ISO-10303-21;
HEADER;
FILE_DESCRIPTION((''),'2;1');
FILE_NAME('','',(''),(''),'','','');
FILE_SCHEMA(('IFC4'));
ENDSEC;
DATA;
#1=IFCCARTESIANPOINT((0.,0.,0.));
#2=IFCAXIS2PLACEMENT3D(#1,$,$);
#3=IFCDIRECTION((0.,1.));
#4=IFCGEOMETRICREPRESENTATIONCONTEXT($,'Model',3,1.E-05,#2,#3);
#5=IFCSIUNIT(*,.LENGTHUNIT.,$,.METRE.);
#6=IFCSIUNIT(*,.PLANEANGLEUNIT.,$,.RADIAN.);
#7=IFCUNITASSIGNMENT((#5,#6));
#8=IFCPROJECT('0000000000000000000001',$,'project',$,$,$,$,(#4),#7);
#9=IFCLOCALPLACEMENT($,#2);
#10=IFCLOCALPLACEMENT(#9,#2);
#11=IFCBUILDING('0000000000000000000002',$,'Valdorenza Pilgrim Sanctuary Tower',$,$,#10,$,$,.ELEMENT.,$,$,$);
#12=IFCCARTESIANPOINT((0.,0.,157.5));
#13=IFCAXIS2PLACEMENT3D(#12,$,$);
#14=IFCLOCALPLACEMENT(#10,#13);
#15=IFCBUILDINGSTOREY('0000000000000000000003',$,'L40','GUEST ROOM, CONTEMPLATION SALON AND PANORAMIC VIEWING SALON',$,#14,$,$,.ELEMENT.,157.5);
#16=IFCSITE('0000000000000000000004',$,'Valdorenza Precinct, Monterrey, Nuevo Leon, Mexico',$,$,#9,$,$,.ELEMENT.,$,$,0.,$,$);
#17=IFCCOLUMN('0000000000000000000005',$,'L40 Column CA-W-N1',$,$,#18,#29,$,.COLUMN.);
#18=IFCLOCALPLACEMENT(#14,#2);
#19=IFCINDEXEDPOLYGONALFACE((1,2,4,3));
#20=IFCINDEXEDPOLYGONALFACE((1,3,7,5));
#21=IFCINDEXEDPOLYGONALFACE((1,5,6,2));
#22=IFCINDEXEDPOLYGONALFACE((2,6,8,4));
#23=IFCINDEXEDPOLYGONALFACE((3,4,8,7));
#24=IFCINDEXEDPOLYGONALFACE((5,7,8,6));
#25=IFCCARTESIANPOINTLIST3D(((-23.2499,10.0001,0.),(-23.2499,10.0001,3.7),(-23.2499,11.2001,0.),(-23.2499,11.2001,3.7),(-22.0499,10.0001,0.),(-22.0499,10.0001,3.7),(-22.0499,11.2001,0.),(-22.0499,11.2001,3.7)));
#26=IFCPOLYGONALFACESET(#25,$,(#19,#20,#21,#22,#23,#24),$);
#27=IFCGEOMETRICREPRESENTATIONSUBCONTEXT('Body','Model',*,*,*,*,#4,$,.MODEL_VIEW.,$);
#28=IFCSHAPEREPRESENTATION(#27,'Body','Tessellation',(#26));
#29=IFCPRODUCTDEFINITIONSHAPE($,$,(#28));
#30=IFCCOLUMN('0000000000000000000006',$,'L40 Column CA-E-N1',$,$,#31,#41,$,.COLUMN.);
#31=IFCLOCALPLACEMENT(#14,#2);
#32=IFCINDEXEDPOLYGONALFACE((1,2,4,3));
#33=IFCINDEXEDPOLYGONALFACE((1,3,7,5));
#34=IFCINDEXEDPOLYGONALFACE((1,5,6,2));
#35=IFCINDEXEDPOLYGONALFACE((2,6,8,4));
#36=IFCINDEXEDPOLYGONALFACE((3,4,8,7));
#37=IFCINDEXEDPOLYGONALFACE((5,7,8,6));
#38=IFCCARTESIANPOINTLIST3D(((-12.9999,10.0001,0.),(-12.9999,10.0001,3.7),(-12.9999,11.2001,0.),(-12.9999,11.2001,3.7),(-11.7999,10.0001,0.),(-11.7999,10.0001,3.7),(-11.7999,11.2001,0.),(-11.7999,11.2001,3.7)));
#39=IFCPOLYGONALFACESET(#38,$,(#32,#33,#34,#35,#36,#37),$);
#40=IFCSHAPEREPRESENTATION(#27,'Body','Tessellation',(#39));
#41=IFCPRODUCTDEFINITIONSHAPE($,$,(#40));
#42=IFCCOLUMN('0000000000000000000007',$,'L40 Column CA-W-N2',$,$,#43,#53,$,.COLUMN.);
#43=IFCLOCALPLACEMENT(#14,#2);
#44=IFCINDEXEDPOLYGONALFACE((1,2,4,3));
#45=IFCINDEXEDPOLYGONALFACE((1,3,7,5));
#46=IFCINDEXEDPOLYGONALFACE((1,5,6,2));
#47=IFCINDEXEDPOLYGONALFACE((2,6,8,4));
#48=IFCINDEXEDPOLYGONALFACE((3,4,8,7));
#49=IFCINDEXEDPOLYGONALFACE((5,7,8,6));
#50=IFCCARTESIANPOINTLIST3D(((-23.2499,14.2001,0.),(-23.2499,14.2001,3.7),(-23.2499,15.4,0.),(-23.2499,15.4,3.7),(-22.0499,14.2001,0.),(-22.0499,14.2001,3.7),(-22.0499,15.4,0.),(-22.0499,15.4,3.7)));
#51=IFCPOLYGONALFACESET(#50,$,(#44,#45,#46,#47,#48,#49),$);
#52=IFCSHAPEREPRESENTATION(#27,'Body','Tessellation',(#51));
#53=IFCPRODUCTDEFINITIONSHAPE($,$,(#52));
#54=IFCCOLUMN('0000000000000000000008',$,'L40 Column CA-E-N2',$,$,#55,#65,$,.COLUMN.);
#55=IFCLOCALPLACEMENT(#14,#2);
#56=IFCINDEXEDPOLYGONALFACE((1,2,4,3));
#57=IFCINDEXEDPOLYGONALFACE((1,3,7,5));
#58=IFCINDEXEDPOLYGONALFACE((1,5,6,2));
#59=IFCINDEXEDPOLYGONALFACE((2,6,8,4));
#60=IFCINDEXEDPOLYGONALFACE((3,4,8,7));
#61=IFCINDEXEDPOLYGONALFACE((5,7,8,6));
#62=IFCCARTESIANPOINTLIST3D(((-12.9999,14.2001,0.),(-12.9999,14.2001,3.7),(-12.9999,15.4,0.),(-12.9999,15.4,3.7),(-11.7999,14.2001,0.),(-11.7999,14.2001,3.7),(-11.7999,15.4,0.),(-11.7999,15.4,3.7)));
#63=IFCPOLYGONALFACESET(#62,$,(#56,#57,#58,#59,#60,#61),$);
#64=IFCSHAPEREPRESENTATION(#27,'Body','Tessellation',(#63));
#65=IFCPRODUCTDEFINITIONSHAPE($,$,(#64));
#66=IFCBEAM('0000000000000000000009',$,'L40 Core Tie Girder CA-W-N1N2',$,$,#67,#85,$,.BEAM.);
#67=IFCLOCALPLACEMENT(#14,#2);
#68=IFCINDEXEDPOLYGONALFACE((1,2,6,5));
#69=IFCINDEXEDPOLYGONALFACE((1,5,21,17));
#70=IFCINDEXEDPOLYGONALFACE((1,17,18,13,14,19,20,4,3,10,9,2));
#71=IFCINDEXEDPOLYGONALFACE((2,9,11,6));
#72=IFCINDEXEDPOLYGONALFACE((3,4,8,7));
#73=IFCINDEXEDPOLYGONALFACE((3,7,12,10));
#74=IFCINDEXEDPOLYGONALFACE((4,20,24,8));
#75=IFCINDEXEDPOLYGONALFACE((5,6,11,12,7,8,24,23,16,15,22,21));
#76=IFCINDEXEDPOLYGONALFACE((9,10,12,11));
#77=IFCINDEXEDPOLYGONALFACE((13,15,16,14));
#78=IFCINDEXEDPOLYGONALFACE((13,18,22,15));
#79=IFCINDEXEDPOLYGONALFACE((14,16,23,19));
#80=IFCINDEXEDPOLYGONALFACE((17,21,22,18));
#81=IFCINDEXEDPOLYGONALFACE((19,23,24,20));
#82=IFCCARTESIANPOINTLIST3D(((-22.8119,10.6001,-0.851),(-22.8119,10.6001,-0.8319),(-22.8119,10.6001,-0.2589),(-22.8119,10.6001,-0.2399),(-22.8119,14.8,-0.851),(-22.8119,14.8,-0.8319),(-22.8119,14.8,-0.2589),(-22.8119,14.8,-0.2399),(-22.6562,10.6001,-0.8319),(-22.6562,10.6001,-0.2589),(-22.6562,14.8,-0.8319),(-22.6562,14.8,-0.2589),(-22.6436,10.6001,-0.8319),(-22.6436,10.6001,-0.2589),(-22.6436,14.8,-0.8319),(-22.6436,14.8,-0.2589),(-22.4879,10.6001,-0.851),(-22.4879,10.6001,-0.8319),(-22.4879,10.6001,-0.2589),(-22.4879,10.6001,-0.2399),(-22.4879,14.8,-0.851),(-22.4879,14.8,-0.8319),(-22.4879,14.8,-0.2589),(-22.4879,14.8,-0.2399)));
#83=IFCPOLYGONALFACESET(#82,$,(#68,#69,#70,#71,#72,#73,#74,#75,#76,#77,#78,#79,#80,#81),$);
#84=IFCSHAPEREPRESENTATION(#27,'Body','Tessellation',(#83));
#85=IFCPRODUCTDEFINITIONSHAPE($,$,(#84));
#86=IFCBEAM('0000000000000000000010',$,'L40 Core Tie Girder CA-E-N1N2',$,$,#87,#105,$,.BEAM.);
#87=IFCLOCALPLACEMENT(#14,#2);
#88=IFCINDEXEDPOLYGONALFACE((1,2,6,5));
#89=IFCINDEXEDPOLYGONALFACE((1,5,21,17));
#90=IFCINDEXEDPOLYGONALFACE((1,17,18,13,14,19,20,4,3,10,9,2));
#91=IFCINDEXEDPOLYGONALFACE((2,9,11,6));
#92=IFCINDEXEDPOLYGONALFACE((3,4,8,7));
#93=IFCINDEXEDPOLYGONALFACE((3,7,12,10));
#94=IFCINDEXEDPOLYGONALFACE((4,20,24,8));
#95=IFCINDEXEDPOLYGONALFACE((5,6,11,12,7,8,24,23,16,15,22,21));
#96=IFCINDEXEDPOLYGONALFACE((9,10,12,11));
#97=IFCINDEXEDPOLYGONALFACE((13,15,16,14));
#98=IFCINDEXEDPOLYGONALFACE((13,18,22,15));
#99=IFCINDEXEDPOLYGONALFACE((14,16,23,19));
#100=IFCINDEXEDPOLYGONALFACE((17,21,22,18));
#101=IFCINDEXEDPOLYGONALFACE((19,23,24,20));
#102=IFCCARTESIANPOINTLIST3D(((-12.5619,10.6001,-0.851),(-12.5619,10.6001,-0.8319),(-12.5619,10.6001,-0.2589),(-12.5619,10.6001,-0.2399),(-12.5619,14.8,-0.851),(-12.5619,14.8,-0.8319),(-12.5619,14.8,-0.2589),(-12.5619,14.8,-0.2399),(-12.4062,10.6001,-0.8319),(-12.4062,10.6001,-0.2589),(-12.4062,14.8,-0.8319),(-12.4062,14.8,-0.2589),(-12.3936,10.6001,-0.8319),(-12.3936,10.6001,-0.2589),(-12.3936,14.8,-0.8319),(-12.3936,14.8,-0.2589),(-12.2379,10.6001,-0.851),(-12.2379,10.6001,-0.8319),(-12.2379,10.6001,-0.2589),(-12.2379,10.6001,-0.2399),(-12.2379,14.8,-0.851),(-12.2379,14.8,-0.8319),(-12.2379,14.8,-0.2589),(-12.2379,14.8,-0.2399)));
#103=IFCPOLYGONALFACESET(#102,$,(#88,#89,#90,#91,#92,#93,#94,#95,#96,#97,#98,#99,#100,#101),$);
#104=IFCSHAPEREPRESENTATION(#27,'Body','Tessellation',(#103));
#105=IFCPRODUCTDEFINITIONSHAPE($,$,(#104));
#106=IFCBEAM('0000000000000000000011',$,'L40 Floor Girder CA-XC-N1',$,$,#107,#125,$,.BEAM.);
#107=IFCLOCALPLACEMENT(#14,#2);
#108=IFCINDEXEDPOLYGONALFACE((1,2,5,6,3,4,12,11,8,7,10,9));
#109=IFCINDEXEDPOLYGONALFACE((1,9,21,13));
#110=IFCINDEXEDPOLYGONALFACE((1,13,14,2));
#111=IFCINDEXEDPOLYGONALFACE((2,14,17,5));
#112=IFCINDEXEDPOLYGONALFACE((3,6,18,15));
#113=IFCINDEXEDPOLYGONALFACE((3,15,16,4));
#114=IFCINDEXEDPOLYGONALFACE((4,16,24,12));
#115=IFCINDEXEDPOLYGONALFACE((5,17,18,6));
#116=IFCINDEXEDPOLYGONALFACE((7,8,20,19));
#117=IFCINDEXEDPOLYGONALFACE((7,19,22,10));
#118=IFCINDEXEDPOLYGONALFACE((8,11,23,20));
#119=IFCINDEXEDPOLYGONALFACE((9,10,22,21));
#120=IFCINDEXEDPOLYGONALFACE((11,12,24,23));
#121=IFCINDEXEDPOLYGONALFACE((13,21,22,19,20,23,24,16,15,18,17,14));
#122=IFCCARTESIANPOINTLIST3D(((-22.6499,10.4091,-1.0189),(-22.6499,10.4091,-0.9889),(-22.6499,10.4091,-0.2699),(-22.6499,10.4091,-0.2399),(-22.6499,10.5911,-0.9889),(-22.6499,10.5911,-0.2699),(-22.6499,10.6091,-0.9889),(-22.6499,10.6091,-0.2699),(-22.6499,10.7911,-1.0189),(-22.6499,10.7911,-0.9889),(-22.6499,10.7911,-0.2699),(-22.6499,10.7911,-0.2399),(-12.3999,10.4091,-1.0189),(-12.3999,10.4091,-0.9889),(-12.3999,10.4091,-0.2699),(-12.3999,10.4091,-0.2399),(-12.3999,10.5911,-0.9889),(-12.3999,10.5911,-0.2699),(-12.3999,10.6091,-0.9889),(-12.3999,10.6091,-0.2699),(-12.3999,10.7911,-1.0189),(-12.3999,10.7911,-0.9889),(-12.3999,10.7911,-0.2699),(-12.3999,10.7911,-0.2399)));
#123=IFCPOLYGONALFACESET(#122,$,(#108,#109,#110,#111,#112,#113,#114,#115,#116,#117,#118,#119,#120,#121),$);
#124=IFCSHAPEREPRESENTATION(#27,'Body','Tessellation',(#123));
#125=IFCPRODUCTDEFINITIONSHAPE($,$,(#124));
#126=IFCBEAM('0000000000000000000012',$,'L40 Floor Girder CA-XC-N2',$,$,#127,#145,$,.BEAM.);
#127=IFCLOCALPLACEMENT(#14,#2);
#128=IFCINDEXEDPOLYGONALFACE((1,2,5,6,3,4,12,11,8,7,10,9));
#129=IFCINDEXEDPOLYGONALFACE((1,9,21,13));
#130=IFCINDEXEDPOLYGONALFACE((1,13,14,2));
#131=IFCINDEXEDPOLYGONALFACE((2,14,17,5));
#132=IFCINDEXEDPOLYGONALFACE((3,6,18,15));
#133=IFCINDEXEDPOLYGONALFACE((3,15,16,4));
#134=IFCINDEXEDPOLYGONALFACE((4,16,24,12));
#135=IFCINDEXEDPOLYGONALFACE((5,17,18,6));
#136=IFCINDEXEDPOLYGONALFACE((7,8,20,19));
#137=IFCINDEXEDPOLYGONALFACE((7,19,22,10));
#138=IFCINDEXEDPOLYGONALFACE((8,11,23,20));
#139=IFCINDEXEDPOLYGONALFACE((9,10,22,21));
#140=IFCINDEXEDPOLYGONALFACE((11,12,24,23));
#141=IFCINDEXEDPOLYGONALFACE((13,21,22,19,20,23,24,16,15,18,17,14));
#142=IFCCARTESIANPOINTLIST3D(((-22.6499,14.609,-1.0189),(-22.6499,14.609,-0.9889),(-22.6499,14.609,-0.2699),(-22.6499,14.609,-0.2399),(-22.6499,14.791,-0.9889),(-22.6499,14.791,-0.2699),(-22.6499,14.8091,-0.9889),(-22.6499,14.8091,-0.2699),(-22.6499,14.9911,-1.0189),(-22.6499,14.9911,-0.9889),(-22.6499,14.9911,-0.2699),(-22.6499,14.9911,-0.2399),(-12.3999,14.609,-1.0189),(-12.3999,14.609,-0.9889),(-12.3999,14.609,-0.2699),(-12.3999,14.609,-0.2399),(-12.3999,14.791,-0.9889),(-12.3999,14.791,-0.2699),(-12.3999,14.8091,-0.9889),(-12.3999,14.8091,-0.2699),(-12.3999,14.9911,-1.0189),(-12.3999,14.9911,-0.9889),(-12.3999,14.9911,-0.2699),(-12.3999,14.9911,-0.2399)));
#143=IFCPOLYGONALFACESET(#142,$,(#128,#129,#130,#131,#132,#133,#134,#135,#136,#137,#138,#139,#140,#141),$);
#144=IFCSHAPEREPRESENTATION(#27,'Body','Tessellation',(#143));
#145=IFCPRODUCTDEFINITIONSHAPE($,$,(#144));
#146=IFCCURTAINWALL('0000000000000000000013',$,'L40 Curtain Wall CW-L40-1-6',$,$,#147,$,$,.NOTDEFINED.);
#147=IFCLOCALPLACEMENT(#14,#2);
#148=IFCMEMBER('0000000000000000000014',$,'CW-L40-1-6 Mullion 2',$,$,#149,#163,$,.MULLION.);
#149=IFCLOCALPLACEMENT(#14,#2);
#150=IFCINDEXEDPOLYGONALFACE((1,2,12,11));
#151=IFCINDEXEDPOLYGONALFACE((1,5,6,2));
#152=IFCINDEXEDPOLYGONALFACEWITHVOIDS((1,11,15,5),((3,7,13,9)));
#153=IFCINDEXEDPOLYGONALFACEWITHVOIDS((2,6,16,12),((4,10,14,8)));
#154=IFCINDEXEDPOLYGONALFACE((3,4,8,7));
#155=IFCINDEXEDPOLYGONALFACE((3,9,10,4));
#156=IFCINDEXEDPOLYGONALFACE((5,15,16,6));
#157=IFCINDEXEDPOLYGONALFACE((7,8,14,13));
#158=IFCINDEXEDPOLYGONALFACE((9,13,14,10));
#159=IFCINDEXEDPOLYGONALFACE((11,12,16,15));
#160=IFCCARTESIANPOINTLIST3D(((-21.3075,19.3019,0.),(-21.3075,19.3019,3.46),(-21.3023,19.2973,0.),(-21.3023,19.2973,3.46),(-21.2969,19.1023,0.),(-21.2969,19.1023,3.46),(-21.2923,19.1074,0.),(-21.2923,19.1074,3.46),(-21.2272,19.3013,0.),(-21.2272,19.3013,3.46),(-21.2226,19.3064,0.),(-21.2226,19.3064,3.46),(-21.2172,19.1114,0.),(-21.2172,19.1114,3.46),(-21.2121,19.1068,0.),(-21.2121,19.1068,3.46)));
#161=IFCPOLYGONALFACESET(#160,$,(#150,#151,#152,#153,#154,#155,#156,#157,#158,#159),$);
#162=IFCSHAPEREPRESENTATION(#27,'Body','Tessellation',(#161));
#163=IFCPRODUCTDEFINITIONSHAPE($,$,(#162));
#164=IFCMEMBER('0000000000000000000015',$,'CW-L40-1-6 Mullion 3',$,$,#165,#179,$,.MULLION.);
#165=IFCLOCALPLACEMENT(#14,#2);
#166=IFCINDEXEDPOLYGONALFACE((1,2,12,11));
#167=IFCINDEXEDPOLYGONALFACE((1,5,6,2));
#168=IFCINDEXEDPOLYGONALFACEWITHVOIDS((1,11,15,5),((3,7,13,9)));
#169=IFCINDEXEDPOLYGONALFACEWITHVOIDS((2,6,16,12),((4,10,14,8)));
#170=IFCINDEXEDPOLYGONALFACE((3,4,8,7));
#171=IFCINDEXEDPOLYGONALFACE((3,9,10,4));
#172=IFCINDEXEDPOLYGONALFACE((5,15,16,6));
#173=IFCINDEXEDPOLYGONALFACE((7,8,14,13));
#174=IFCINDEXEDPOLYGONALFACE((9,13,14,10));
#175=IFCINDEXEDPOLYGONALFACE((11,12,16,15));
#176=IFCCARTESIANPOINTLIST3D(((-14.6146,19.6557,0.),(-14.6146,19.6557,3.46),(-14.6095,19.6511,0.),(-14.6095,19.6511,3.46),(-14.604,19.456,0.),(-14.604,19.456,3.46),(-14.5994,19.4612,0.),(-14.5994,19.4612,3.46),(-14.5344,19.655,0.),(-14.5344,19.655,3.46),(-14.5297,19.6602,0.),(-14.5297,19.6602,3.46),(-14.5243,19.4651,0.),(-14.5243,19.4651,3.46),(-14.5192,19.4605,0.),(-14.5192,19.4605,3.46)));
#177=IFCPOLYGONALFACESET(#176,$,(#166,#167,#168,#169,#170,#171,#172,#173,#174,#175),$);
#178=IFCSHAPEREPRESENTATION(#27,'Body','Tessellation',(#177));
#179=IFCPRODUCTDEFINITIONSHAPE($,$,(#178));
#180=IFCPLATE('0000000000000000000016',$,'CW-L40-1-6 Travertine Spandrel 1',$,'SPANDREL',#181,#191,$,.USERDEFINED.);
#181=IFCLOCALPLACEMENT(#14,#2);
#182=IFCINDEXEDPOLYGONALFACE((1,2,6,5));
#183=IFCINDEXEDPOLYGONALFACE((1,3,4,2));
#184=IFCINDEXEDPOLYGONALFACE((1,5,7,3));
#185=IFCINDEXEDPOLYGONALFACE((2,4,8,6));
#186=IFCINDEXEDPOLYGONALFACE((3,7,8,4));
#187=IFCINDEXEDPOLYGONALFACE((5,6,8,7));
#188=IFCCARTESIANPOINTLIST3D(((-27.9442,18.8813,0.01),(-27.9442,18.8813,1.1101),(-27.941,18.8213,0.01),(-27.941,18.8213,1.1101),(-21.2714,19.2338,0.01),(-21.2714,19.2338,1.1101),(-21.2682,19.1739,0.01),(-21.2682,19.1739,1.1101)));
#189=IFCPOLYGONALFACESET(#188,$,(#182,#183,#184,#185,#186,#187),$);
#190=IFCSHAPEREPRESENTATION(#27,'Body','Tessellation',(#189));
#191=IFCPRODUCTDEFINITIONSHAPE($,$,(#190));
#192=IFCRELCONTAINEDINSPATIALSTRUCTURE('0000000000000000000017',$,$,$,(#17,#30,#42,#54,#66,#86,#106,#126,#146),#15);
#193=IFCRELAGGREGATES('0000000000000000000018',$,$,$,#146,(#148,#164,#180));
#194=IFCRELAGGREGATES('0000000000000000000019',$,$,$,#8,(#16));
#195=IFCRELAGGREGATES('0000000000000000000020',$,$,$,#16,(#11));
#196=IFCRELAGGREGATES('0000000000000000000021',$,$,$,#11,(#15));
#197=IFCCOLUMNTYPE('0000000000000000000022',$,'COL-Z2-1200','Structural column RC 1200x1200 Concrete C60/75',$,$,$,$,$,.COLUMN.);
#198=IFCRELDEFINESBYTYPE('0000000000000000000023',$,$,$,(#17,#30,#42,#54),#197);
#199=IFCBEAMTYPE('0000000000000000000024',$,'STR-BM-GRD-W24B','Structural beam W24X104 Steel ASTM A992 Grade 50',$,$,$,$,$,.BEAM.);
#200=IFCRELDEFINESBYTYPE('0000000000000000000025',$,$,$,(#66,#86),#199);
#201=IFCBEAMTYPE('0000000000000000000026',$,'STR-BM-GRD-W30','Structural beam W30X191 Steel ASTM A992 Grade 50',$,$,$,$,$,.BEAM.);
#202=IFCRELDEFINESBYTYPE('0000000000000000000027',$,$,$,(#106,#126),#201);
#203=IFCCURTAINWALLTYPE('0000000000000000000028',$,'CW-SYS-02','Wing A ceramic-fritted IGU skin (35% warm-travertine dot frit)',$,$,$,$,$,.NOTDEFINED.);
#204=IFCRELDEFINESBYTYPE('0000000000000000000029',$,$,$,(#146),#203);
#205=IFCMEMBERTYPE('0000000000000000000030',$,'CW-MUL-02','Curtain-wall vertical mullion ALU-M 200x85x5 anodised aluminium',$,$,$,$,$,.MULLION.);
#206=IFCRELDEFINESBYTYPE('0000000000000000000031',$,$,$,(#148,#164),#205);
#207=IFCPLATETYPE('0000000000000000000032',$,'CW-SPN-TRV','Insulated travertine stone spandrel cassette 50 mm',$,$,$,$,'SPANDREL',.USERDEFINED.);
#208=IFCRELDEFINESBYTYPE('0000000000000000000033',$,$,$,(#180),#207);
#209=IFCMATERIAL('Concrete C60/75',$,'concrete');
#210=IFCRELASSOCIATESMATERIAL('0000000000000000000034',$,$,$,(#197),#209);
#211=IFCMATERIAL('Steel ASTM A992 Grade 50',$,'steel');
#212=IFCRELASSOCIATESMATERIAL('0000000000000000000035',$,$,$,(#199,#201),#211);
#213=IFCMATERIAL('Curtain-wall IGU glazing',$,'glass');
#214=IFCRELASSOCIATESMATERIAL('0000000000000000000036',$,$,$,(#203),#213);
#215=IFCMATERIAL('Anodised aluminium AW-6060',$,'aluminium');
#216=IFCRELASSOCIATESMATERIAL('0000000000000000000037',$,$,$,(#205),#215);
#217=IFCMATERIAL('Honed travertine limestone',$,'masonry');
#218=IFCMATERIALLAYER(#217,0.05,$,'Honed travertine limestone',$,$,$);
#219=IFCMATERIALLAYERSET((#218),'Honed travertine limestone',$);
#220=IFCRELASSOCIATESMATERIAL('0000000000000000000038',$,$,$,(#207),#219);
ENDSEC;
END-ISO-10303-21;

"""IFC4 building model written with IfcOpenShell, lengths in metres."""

from ifc_helpers import new_model, si_unit, direction, frame, origin, origin_2d, place, context, subcontext, project, spatial, rectangle, hollow_rectangle, i_section, extrude, source, transform, mapped, material, layer, layer_set, material_profile, profile_set, type_object, element, aggregate, save


model = new_model("IFC4")

# Units and contexts
model_context = context("Model", 3, precision=1e-05, world=origin(), true_north=direction((0.0, 1.0)))
body_context = subcontext(model_context, "Body", "Model", "MODEL_VIEW")
ifc_project = project(units=[si_unit("LENGTHUNIT", "METRE"), si_unit("PLANEANGLEUNIT", "RADIAN")], contexts=[model_context])

# Site, building, storey
site_placement = place(None, origin())
site = spatial("IfcSite", under=ifc_project, at=site_placement, Name="Valdorenza Precinct, Monterrey, Nuevo Leon, Mexico", CompositionType="ELEMENT", RefElevation=0.0)
building_placement = place(site_placement, origin())
building = spatial("IfcBuilding", under=site, at=building_placement, Name="Valdorenza Pilgrim Sanctuary Tower", CompositionType="ELEMENT")
storey_placement = place(building_placement, frame((0.0, 0.0, 157.5)))
storey = spatial("IfcBuildingStorey", under=building, at=storey_placement, Name="L40", Description="GUEST ROOM, CONTEMPLATION SALON AND PANORAMIC VIEWING SALON", CompositionType="ELEMENT", Elevation=157.5)

# Columns
ifc_material_1 = material(Name="Concrete C60/75", Category="concrete")
ifc_material_profile_1 = material_profile(ifc_material_1, rectangle(XDim=1.2, YDim=1.2, at=origin_2d()), Name="RC 1200x1200")
ifc_profile_set_1 = profile_set([ifc_material_profile_1], Name="Concrete C60/75")
column_type = type_object("IfcColumnType", Name="COL-Z2-1200", Description="Structural column RC 1200x1200 Concrete C60/75", PredefinedType="COLUMN", material=ifc_profile_set_1)
shared_shape_1 = source(origin(), body_context, "Body", "SweptSolid", [
    extrude(rectangle(XDim=1.2, YDim=1.2, at=origin_2d()), origin(), (0.0, 0.0, 1.0), 3.7),
])
for number, where, z_axis, x_axis, name in (
    (1, (-22.6499, 10.6001, 0.0), (0.0, 0.0, 1.0), (1.0, 0.0, 0.0), "L40 Column CA-W-N1"),
    (2, (-12.3999, 10.6001, 0.0), (0.0, 0.0, 1.0), (1.0, 0.0, 0.0), "L40 Column CA-E-N1"),
    (3, (-22.6499, 14.8, 0.0), (0.0, 0.0, 1.0), (1.0, 0.0, 0.0), "L40 Column CA-W-N2"),
    (4, (-12.3999, 14.8, 0.0), (0.0, 0.0, 1.0), (1.0, 0.0, 0.0), "L40 Column CA-E-N2"),
):
    element("IfcColumn", number, at=place(storey_placement, frame(where, z_axis=z_axis, x_axis=x_axis)), inside=storey, type_object=column_type, Name=name, PredefinedType="COLUMN", context=body_context, shape_type="MappedRepresentation", body=[
        mapped(shared_shape_1, transform((0.0, 0.0, 0.0), x_axis=(1.0, 0.0, 0.0), y_axis=(0.0, 1.0, 0.0), z_axis=(0.0, 0.0, 1.0), scale=1.0)),
    ])

# Beams
ifc_material_2 = material(Name="Steel ASTM A992 Grade 50", Category="steel")
ifc_material_profile_2 = material_profile(ifc_material_2, i_section(OverallWidth=0.324, OverallDepth=0.6111, WebThickness=0.0127, FlangeThickness=0.019, at=origin_2d()), Name="W24X104")
ifc_profile_set_2 = profile_set([ifc_material_profile_2], Name="Steel ASTM A992 Grade 50")
beam_type_1 = type_object("IfcBeamType", Name="STR-BM-GRD-W24B", Description="Structural beam W24X104 Steel ASTM A992 Grade 50", PredefinedType="BEAM", material=ifc_profile_set_2)
shared_shape_2 = source(origin(), body_context, "Body", "SweptSolid", [
    extrude(i_section(OverallWidth=0.324, OverallDepth=0.6111, WebThickness=0.0127, FlangeThickness=0.019, at=origin_2d()), origin(), (0.0, 0.0, 1.0), 4.2),
])
for number, where, z_axis, x_axis, name in (
    (5, (-22.6499, 10.6001, -0.5454), (0.0, 1.0, 0.0), (-1.0, 0.0, 0.0), "L40 Core Tie Girder CA-W-N1N2"),
    (6, (-12.3999, 10.6001, -0.5454), (0.0, 1.0, 0.0), (-1.0, 0.0, 0.0), "L40 Core Tie Girder CA-E-N1N2"),
):
    element("IfcBeam", number, at=place(storey_placement, frame(where, z_axis=z_axis, x_axis=x_axis)), inside=storey, type_object=beam_type_1, Name=name, PredefinedType="BEAM", context=body_context, shape_type="MappedRepresentation", body=[
        mapped(shared_shape_2, transform((0.0, 0.0, 0.0), x_axis=(1.0, 0.0, 0.0), y_axis=(0.0, 1.0, 0.0), z_axis=(0.0, 0.0, 1.0), scale=1.0)),
    ])
ifc_material_profile_3 = material_profile(ifc_material_2, i_section(OverallWidth=0.3821, OverallDepth=0.7791, WebThickness=0.0181, FlangeThickness=0.03, at=origin_2d()), Name="W30X191")
ifc_profile_set_3 = profile_set([ifc_material_profile_3], Name="Steel ASTM A992 Grade 50")
beam_type_2 = type_object("IfcBeamType", Name="STR-BM-GRD-W30", Description="Structural beam W30X191 Steel ASTM A992 Grade 50", PredefinedType="BEAM", material=ifc_profile_set_3)
shared_shape_3 = source(origin(), body_context, "Body", "SweptSolid", [
    extrude(i_section(OverallWidth=0.3821, OverallDepth=0.7791, WebThickness=0.0181, FlangeThickness=0.03, at=origin_2d()), origin(), (0.0, 0.0, 1.0), 10.25),
])
for number, where, z_axis, x_axis, name in (
    (7, (-22.6499, 10.6001, -0.6294), (1.0, 0.0, 0.0), (0.0, 1.0, 0.0), "L40 Floor Girder CA-XC-N1"),
    (8, (-22.6499, 14.8, -0.6294), (1.0, 0.0, 0.0), (0.0, 1.0, 0.0), "L40 Floor Girder CA-XC-N2"),
):
    element("IfcBeam", number, at=place(storey_placement, frame(where, z_axis=z_axis, x_axis=x_axis)), inside=storey, type_object=beam_type_2, Name=name, PredefinedType="BEAM", context=body_context, shape_type="MappedRepresentation", body=[
        mapped(shared_shape_3, transform((0.0, 0.0, 0.0), x_axis=(1.0, 0.0, 0.0), y_axis=(0.0, 1.0, 0.0), z_axis=(0.0, 0.0, 1.0), scale=1.0)),
    ])

# Curtain wall, members, plate
ifc_material_3 = material(Name="Curtain-wall IGU glazing", Category="glass")
curtain_wall_type = type_object("IfcCurtainWallType", Name="CW-SYS-02", Description="Wing A ceramic-fritted IGU skin (35% warm-travertine dot frit)", PredefinedType="NOTDEFINED", material=ifc_material_3)
curtain_wall_placement = place(storey_placement, origin())
curtain_wall = element("IfcCurtainWall", 9, at=curtain_wall_placement, inside=storey, type_object=curtain_wall_type, Name="L40 Curtain Wall CW-L40-1-6", PredefinedType="NOTDEFINED")
ifc_material_4 = material(Name="Anodised aluminium AW-6060", Category="aluminium")
ifc_material_profile_4 = material_profile(ifc_material_4, hollow_rectangle(XDim=0.085, YDim=0.2, WallThickness=0.0049, at=origin_2d()), Name="ALU-M 200x85x5")
ifc_profile_set_4 = profile_set([ifc_material_profile_4], Name="Anodised aluminium AW-6060")
member_type = type_object("IfcMemberType", Name="CW-MUL-02", Description="Curtain-wall vertical mullion ALU-M 200x85x5 anodised aluminium", PredefinedType="MULLION", material=ifc_profile_set_4)
shared_shape_4 = source(origin(), body_context, "Body", "SweptSolid", [
    extrude(hollow_rectangle(XDim=0.085, YDim=0.2, WallThickness=0.0049, at=origin_2d()), origin(), (0.0, 0.0, 1.0), 3.46),
])
member_1_placement = place(storey_placement, frame((-21.2598, 19.2043, 0.0), z_axis=(0.0, 0.0, 1.0), x_axis=(0.998608, 0.052754, 0.0)))
member_1 = element("IfcMember", 10, at=member_1_placement, type_object=member_type, Name="CW-L40-1-6 Mullion 2", PredefinedType="MULLION", context=body_context, shape_type="MappedRepresentation", body=[
    mapped(shared_shape_4, transform((0.0, 0.0, 0.0), x_axis=(1.0, 0.0, 0.0), y_axis=(0.0, 1.0, 0.0), z_axis=(0.0, 0.0, 1.0), scale=1.0)),
])
member_2_placement = place(storey_placement, frame((-14.5669, 19.5581, 0.0), z_axis=(0.0, 0.0, 1.0), x_axis=(0.998608, 0.052754, 0.0)))
member_2 = element("IfcMember", 11, at=member_2_placement, type_object=member_type, Name="CW-L40-1-6 Mullion 3", PredefinedType="MULLION", context=body_context, shape_type="MappedRepresentation", body=[
    mapped(shared_shape_4, transform((0.0, 0.0, 0.0), x_axis=(1.0, 0.0, 0.0), y_axis=(0.0, 1.0, 0.0), z_axis=(0.0, 0.0, 1.0), scale=1.0)),
])
ifc_material_5 = material(Name="Honed travertine limestone", Category="masonry")
ifc_layer_1 = layer(ifc_material_5, 0.05, Name="Honed travertine limestone")
ifc_layer_set_1 = layer_set([ifc_layer_1], Name="Honed travertine limestone")
plate_type_1 = type_object("IfcPlateType", Name="CW-SPN-TRV", Description="Insulated travertine stone spandrel cassette 50 mm", ElementType="SPANDREL", PredefinedType="USERDEFINED", material=ifc_layer_set_1)
shared_shape_5 = source(origin(), body_context, "Body", "SweptSolid", [
    extrude(rectangle(XDim=6.6821, YDim=0.0601, at=origin_2d()), origin(), (0.0, 0.0, 1.0), 1.1001),
])
plate_1_placement = place(storey_placement, frame((-24.6062, 19.0276, 0.01), z_axis=(0.0, 0.0, 1.0), x_axis=(0.998608, 0.052754, 0.0)))
plate_1 = element("IfcPlate", 12, at=plate_1_placement, type_object=plate_type_1, Name="CW-L40-1-6 Travertine Spandrel 1", ObjectType="SPANDREL", PredefinedType="USERDEFINED", context=body_context, shape_type="MappedRepresentation", body=[
    mapped(shared_shape_5, transform((0.0, 0.0, 0.0), x_axis=(1.0, 0.0, 0.0), y_axis=(0.0, 1.0, 0.0), z_axis=(0.0, 0.0, 1.0), scale=1.0)),
])
aggregate(curtain_wall, [member_1, member_2, plate_1])

save(model, "model.ifc")
